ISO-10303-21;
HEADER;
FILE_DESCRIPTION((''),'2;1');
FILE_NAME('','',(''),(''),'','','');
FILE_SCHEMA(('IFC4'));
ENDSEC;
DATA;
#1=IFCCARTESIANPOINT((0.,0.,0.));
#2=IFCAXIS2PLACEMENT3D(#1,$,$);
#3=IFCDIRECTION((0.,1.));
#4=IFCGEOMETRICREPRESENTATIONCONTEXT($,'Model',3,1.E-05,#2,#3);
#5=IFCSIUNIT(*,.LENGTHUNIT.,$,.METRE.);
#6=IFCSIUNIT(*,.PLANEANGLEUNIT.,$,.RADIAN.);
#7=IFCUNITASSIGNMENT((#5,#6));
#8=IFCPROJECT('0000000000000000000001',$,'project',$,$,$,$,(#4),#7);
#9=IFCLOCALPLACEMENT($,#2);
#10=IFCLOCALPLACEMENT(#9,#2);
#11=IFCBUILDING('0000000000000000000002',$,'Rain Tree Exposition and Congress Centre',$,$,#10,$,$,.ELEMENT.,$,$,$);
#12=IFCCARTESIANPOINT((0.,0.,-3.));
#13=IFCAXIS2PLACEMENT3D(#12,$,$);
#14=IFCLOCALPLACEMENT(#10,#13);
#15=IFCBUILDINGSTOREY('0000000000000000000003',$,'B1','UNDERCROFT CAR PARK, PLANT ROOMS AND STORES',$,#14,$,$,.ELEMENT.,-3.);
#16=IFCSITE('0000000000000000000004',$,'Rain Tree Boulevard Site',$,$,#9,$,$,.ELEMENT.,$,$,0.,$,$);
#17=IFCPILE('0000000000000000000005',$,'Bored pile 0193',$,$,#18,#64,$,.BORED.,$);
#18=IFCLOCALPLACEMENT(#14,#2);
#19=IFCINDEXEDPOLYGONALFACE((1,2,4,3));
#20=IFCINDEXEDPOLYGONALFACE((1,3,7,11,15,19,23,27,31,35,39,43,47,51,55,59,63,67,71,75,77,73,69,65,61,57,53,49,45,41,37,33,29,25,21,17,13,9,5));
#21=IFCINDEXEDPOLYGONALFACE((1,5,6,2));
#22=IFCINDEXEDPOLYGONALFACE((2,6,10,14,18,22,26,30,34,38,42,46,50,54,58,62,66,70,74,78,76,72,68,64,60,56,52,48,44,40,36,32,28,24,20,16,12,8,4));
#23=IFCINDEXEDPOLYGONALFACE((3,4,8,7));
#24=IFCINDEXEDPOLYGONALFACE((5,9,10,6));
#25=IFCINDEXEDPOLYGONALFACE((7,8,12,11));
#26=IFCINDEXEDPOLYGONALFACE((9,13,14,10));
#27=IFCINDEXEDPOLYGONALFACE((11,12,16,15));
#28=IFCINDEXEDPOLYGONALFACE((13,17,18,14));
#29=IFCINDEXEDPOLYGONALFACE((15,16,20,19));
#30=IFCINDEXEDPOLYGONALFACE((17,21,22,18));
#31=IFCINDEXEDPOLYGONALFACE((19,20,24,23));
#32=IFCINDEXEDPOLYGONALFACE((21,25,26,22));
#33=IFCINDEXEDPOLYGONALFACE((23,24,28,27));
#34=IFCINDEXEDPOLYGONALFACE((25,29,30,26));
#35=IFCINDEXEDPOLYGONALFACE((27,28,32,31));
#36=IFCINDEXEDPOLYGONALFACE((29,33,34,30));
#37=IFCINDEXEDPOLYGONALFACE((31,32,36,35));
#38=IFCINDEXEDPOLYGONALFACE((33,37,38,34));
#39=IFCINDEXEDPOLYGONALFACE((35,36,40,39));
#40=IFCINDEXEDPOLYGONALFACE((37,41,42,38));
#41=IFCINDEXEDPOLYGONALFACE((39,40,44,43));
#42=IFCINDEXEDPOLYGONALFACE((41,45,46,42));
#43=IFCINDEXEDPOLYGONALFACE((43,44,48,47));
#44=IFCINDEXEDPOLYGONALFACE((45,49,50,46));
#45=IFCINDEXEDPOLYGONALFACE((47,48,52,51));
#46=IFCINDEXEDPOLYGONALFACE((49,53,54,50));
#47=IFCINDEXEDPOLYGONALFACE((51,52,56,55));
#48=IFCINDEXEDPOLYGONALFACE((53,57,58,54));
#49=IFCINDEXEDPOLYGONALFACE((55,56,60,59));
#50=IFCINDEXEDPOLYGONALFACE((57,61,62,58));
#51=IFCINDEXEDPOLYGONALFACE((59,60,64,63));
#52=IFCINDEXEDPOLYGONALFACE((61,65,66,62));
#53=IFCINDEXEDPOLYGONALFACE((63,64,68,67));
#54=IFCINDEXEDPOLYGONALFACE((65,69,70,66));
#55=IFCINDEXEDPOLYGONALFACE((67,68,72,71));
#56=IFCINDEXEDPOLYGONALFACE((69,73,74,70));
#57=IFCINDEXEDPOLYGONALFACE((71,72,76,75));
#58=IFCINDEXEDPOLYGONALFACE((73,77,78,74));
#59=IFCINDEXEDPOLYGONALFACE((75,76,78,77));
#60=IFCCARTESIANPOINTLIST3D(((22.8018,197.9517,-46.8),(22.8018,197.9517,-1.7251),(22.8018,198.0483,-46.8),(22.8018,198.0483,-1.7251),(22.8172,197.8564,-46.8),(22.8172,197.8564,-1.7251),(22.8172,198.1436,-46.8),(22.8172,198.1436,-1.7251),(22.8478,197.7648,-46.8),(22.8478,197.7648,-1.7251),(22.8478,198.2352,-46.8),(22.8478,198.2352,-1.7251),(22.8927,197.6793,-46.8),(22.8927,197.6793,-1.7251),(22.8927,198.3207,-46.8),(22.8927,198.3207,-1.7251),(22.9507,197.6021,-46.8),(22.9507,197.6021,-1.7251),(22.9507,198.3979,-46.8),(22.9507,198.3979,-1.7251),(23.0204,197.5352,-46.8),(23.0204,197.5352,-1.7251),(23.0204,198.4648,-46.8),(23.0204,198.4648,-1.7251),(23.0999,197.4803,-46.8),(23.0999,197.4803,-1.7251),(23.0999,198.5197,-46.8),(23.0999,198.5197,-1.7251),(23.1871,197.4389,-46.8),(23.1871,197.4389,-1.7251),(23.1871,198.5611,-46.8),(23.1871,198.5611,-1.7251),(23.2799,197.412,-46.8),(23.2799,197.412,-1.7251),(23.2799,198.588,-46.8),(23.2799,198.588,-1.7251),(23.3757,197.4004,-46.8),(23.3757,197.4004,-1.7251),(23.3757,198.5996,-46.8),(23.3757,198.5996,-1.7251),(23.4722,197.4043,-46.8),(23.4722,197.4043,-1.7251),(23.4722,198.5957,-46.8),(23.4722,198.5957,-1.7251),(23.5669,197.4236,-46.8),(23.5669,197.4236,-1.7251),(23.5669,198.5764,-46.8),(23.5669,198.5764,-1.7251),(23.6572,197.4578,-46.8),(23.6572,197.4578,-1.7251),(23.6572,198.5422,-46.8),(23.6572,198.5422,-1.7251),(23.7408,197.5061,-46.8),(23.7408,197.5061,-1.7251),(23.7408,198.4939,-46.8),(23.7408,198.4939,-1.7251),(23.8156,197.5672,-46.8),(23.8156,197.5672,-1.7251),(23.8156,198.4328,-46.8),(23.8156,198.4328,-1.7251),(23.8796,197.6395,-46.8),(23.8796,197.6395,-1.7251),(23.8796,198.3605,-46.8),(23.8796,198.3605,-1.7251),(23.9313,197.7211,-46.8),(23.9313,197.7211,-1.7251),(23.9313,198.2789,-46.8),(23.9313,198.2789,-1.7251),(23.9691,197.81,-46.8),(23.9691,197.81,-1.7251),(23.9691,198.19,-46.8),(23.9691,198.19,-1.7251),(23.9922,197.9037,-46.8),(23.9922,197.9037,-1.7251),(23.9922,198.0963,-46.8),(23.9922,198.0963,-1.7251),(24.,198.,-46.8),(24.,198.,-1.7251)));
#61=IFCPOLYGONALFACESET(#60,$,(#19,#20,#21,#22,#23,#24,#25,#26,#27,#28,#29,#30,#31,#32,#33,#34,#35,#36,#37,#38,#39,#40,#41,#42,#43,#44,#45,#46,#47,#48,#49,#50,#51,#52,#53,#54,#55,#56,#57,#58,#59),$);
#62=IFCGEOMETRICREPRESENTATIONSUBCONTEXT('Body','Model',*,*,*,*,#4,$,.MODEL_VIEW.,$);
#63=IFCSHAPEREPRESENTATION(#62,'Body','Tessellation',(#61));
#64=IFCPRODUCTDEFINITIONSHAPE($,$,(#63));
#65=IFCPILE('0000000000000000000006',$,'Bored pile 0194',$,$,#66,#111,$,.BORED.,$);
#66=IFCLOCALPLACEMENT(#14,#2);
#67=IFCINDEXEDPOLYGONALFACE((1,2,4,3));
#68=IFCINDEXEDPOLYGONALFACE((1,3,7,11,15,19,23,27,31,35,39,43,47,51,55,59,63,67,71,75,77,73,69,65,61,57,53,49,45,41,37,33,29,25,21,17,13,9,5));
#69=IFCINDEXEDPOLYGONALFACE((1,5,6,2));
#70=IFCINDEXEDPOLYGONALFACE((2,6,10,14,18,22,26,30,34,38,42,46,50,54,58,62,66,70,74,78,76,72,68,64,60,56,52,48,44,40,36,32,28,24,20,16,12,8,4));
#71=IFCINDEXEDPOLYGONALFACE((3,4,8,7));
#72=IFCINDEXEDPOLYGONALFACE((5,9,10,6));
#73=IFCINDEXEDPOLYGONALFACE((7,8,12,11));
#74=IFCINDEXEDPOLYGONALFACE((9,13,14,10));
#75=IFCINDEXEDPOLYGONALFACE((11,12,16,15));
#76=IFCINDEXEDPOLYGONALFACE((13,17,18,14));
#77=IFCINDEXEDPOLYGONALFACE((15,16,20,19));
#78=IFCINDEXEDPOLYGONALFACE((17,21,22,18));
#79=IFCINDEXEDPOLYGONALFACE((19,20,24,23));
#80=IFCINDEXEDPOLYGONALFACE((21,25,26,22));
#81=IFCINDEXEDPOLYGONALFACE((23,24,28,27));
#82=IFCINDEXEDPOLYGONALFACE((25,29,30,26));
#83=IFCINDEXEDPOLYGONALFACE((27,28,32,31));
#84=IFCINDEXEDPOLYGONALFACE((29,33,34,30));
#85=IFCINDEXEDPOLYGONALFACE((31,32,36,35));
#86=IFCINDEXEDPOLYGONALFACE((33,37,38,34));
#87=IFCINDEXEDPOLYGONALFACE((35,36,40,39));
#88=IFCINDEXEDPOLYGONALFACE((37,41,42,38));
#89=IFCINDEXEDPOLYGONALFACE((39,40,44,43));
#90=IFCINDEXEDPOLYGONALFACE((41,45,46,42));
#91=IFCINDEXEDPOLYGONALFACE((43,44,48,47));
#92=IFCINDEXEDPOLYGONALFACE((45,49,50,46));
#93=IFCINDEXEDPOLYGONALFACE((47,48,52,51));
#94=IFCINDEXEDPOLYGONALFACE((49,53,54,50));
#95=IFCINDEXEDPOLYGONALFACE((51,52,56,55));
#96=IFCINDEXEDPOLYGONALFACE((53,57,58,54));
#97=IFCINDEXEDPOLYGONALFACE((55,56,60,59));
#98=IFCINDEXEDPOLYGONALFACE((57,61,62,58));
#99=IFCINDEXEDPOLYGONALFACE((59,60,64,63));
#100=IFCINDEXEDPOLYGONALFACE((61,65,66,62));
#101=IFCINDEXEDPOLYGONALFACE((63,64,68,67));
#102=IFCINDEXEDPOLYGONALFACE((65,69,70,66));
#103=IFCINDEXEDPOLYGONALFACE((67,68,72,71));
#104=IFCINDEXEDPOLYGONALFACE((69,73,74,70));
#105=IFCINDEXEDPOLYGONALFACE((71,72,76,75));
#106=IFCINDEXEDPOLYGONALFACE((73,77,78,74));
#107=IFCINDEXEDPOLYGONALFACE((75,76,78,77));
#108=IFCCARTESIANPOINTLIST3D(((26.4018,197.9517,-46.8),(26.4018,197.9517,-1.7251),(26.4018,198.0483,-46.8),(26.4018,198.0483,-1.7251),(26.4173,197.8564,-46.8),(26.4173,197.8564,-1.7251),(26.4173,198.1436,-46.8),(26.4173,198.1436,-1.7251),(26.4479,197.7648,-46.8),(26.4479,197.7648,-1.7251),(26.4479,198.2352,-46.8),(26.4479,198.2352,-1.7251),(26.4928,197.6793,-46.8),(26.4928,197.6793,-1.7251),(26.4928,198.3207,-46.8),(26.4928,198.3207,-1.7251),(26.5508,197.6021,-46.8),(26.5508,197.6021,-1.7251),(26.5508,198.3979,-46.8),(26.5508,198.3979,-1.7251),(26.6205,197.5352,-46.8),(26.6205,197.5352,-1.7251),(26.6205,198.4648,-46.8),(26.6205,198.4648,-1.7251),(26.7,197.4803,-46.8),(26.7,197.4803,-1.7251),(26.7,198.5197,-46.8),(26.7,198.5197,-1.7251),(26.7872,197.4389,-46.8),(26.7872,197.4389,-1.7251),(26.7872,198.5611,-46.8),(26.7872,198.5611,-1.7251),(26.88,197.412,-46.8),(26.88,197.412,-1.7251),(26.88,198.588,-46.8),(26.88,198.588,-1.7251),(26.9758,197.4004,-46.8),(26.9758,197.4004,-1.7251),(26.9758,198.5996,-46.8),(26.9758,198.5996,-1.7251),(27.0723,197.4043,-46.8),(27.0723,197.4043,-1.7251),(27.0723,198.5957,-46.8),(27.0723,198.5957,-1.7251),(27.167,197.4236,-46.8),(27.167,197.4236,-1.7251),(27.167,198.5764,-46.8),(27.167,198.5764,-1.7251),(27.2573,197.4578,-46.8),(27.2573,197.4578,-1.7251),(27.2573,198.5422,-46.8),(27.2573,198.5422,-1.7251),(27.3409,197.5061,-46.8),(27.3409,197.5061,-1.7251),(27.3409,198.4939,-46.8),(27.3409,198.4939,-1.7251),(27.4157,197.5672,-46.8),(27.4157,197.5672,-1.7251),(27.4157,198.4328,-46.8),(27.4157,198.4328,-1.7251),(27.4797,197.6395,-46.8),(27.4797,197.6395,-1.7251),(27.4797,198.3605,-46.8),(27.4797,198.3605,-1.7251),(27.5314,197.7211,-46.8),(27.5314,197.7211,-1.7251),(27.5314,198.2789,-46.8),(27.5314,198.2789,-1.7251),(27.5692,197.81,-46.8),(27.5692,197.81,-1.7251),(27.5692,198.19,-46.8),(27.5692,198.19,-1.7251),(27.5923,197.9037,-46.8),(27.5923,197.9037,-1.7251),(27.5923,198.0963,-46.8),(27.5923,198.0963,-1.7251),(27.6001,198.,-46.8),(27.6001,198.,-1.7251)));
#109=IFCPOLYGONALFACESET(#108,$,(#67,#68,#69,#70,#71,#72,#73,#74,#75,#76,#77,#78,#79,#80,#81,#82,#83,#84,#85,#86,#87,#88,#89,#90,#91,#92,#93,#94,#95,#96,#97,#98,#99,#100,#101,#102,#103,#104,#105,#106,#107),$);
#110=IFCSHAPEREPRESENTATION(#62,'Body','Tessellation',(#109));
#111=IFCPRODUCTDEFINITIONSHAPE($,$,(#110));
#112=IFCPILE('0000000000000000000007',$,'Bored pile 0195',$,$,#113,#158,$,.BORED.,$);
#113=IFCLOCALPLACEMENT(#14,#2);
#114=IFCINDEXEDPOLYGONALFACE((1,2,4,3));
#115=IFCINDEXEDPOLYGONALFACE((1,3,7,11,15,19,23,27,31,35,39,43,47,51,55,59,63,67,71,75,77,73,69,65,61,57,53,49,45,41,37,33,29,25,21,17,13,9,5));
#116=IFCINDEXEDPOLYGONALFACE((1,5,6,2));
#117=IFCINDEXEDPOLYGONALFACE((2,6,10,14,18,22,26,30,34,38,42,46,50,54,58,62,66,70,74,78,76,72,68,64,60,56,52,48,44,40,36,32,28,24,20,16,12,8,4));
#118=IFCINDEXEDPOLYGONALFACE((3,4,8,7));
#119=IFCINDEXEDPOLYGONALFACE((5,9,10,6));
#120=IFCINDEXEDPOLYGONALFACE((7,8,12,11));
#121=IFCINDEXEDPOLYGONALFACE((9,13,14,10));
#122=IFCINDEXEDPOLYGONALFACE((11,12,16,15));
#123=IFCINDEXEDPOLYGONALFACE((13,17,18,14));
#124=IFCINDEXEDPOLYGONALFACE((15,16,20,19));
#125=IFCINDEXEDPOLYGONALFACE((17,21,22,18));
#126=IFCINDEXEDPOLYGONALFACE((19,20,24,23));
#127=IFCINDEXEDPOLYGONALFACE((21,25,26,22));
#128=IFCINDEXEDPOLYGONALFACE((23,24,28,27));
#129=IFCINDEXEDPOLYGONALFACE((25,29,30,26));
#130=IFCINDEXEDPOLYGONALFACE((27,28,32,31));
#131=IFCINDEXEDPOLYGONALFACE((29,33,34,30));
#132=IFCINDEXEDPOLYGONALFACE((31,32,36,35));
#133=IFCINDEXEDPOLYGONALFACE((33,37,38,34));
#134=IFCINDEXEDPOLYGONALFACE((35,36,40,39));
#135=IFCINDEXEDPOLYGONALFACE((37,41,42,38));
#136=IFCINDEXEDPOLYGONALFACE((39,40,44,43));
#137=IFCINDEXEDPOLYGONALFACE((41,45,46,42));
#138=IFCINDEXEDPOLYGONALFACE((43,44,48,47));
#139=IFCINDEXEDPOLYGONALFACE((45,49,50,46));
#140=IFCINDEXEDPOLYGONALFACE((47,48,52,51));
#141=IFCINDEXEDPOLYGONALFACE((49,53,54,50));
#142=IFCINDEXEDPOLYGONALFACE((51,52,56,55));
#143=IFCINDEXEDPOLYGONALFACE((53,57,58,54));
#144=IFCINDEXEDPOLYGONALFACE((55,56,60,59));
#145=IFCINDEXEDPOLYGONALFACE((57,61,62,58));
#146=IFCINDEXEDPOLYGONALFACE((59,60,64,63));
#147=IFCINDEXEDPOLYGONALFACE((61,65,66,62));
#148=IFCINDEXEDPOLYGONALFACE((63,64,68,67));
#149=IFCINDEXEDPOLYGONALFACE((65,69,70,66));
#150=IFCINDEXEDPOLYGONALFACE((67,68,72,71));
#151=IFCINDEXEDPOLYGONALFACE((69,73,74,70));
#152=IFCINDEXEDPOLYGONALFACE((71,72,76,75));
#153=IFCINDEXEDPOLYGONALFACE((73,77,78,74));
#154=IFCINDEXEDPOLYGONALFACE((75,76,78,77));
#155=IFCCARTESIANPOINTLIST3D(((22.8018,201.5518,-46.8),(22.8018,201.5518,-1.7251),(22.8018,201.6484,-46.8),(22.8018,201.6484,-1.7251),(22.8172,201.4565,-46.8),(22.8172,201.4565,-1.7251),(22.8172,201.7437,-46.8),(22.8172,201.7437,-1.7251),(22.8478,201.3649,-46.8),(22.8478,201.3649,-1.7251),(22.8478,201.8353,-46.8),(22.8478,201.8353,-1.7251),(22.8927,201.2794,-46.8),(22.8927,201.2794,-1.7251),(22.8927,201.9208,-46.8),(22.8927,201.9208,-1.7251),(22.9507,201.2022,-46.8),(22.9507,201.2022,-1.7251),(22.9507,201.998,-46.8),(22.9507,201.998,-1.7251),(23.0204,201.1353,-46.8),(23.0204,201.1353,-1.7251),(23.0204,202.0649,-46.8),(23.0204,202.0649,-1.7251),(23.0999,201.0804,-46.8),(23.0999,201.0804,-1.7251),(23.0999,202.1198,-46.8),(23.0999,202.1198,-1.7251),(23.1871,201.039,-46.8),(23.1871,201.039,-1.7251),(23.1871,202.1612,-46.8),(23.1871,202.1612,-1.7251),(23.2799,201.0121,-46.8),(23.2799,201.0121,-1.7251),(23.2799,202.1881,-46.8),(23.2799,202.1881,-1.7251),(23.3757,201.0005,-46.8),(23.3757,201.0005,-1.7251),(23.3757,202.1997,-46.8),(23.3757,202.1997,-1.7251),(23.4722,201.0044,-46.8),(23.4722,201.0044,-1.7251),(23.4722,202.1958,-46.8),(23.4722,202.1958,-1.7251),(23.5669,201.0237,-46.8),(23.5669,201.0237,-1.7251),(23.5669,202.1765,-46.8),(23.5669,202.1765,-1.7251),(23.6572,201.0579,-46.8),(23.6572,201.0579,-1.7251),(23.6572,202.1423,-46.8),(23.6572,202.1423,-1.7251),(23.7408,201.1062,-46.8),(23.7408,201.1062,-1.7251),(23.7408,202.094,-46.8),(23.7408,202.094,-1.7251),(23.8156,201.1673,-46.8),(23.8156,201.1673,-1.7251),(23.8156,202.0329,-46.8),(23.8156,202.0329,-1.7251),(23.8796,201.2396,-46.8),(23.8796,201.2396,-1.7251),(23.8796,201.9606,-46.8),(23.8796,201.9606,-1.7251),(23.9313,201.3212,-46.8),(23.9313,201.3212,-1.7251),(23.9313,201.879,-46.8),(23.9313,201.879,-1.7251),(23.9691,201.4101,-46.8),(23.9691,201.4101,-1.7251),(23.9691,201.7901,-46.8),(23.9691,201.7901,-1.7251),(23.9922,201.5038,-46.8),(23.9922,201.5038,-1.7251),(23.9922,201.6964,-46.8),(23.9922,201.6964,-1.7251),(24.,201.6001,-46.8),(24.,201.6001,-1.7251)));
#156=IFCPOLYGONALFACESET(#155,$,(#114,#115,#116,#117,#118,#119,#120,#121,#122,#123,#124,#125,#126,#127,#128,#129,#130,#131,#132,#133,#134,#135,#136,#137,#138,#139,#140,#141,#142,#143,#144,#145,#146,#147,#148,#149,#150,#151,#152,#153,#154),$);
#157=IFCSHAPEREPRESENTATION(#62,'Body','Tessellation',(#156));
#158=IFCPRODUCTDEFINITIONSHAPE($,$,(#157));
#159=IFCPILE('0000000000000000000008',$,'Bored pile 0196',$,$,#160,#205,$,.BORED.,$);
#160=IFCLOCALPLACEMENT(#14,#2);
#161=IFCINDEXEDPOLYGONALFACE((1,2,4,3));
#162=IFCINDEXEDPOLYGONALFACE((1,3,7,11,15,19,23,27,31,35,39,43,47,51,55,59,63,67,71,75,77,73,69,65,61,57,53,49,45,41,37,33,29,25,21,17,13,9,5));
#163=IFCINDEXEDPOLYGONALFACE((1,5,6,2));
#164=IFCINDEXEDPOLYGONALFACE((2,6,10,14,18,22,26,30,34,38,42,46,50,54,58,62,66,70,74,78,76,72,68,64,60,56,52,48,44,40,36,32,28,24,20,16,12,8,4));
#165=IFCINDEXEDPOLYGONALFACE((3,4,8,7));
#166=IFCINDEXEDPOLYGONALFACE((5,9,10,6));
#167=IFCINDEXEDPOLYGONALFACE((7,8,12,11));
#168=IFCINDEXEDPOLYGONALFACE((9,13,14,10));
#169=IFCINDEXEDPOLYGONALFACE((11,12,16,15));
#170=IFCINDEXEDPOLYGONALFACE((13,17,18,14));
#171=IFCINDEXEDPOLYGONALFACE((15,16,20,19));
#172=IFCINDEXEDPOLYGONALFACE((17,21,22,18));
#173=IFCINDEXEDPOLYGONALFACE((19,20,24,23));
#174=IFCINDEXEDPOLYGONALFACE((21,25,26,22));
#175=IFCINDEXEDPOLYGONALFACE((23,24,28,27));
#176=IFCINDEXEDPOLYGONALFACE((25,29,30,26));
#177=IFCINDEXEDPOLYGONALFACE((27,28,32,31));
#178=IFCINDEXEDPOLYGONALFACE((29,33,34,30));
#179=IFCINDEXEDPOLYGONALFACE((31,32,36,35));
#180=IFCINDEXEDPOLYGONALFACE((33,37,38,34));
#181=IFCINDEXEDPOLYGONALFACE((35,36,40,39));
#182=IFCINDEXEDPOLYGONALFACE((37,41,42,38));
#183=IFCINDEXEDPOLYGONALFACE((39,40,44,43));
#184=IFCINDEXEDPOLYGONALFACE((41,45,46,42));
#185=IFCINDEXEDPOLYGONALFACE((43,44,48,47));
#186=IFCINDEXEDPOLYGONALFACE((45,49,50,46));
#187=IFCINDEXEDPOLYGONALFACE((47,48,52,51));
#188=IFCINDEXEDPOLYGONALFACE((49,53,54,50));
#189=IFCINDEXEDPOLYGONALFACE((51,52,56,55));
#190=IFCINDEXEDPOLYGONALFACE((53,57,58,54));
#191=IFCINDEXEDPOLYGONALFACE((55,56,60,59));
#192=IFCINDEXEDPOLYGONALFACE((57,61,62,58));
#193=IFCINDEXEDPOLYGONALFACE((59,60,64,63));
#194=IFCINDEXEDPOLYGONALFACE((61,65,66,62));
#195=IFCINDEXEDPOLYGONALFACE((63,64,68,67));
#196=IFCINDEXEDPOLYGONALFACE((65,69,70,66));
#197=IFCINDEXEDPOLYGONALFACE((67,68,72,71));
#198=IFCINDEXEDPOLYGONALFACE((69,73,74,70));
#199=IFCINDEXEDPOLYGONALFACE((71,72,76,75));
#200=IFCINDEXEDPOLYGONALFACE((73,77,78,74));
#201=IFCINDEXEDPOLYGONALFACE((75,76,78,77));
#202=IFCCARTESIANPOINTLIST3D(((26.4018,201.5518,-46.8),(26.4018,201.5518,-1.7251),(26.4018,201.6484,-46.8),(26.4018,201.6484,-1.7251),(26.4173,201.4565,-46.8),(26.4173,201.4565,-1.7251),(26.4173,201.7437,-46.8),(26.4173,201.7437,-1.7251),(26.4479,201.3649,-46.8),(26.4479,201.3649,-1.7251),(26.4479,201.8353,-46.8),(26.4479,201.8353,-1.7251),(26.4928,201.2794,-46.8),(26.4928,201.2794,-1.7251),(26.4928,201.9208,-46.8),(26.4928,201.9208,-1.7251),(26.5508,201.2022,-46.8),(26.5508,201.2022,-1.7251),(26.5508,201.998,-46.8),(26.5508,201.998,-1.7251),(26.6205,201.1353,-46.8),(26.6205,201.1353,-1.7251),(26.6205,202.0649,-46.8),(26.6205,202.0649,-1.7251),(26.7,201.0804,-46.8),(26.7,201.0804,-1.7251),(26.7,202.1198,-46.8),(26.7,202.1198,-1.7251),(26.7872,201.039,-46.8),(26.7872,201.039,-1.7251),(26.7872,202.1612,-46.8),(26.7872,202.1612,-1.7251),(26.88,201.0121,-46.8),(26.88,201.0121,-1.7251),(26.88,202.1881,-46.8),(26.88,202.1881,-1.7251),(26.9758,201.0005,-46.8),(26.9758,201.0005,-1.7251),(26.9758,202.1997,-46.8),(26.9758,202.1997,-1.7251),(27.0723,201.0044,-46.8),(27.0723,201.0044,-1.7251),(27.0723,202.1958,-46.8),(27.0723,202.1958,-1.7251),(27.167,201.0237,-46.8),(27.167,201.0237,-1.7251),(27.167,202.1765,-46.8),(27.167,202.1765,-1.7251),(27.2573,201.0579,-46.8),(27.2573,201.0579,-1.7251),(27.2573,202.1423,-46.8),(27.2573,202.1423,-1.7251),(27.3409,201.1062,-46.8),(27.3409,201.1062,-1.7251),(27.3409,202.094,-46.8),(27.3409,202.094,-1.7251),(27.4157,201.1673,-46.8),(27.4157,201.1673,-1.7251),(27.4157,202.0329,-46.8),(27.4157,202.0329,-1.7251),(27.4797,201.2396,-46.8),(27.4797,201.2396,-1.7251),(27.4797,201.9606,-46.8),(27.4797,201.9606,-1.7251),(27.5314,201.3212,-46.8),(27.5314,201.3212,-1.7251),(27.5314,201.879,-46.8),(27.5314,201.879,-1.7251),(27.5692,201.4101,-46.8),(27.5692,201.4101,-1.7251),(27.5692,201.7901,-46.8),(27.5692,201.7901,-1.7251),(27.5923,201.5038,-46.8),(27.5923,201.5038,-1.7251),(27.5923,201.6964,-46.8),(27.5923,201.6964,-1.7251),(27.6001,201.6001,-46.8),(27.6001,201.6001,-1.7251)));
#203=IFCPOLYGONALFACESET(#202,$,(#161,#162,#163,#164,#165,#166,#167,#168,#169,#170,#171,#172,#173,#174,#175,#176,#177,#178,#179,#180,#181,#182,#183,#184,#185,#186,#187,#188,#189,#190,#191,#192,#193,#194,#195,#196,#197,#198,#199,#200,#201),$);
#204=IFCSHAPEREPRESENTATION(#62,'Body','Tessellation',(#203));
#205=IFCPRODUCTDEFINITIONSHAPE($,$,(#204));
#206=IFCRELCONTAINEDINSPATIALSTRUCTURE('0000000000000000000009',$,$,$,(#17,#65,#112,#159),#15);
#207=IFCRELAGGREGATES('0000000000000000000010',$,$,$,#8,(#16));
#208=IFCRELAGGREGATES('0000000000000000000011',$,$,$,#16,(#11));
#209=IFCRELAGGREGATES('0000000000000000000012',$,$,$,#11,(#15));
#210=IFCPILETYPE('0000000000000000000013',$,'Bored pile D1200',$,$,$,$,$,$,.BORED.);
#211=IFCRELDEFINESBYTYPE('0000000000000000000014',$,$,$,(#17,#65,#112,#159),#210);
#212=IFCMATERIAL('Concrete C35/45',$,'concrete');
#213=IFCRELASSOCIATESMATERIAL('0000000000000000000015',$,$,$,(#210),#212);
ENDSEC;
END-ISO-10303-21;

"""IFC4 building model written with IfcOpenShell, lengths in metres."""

from ifc_helpers import new_model, si_unit, direction, frame, origin, origin_2d, place, context, subcontext, project, spatial, circle, extrude, material, material_profile, profile_set, type_object, element, save


model = new_model("IFC4")

# Units and contexts
model_context = context("Model", 3, precision=1e-05, world=origin(), true_north=direction((0.0, 1.0)))
body_context = subcontext(model_context, "Body", "Model", "MODEL_VIEW")
ifc_project = project(units=[si_unit("LENGTHUNIT", "METRE"), si_unit("PLANEANGLEUNIT", "RADIAN")], contexts=[model_context])

# Site, building, storey
site_placement = place(None, origin())
site = spatial("IfcSite", under=ifc_project, at=site_placement, Name="Rain Tree Boulevard Site", CompositionType="ELEMENT", RefElevation=0.0)
building_placement = place(site_placement, origin())
building = spatial("IfcBuilding", under=site, at=building_placement, Name="Rain Tree Exposition and Congress Centre", CompositionType="ELEMENT")
storey_placement = place(building_placement, frame((0.0, 0.0, -3.0)))
storey = spatial("IfcBuildingStorey", under=building, at=storey_placement, Name="B1", Description="UNDERCROFT CAR PARK, PLANT ROOMS AND STORES", CompositionType="ELEMENT", Elevation=-3.0)

# Piles
ifc_material_1 = material(Name="Concrete C35/45", Category="concrete")
ifc_material_profile_1 = material_profile(ifc_material_1, circle(Radius=0.6001, at=origin_2d()), Name="D1200")
ifc_profile_set_1 = profile_set([ifc_material_profile_1], Name="Concrete C35/45")
pile_type_1 = type_object("IfcPileType", Name="Bored pile D1200", PredefinedType="BORED", material=ifc_profile_set_1)
for number, where, z_axis, x_axis, name in (
    (1, (23.3999, 198.0, -1.7251), (0.0, 0.0, -1.0), (1.0, 0.0, 0.0), "Bored pile 0193"),
    (2, (27.0, 198.0, -1.7251), (0.0, 0.0, -1.0), (1.0, 0.0, 0.0), "Bored pile 0194"),
    (3, (23.3999, 201.6001, -1.7251), (0.0, 0.0, -1.0), (1.0, 0.0, 0.0), "Bored pile 0195"),
    (4, (27.0, 201.6001, -1.7251), (0.0, 0.0, -1.0), (1.0, 0.0, 0.0), "Bored pile 0196"),
):
    element("IfcPile", number, at=place(storey_placement, frame(where, z_axis=z_axis, x_axis=x_axis)), inside=storey, type_object=pile_type_1, Name=name, PredefinedType="BORED", context=body_context, shape_type="SweptSolid", body=[
        extrude(circle(Radius=0.6001, at=origin_2d()), origin(), (0.0, 0.0, 1.0), 45.075),
    ])

save(model, "model.ifc")
